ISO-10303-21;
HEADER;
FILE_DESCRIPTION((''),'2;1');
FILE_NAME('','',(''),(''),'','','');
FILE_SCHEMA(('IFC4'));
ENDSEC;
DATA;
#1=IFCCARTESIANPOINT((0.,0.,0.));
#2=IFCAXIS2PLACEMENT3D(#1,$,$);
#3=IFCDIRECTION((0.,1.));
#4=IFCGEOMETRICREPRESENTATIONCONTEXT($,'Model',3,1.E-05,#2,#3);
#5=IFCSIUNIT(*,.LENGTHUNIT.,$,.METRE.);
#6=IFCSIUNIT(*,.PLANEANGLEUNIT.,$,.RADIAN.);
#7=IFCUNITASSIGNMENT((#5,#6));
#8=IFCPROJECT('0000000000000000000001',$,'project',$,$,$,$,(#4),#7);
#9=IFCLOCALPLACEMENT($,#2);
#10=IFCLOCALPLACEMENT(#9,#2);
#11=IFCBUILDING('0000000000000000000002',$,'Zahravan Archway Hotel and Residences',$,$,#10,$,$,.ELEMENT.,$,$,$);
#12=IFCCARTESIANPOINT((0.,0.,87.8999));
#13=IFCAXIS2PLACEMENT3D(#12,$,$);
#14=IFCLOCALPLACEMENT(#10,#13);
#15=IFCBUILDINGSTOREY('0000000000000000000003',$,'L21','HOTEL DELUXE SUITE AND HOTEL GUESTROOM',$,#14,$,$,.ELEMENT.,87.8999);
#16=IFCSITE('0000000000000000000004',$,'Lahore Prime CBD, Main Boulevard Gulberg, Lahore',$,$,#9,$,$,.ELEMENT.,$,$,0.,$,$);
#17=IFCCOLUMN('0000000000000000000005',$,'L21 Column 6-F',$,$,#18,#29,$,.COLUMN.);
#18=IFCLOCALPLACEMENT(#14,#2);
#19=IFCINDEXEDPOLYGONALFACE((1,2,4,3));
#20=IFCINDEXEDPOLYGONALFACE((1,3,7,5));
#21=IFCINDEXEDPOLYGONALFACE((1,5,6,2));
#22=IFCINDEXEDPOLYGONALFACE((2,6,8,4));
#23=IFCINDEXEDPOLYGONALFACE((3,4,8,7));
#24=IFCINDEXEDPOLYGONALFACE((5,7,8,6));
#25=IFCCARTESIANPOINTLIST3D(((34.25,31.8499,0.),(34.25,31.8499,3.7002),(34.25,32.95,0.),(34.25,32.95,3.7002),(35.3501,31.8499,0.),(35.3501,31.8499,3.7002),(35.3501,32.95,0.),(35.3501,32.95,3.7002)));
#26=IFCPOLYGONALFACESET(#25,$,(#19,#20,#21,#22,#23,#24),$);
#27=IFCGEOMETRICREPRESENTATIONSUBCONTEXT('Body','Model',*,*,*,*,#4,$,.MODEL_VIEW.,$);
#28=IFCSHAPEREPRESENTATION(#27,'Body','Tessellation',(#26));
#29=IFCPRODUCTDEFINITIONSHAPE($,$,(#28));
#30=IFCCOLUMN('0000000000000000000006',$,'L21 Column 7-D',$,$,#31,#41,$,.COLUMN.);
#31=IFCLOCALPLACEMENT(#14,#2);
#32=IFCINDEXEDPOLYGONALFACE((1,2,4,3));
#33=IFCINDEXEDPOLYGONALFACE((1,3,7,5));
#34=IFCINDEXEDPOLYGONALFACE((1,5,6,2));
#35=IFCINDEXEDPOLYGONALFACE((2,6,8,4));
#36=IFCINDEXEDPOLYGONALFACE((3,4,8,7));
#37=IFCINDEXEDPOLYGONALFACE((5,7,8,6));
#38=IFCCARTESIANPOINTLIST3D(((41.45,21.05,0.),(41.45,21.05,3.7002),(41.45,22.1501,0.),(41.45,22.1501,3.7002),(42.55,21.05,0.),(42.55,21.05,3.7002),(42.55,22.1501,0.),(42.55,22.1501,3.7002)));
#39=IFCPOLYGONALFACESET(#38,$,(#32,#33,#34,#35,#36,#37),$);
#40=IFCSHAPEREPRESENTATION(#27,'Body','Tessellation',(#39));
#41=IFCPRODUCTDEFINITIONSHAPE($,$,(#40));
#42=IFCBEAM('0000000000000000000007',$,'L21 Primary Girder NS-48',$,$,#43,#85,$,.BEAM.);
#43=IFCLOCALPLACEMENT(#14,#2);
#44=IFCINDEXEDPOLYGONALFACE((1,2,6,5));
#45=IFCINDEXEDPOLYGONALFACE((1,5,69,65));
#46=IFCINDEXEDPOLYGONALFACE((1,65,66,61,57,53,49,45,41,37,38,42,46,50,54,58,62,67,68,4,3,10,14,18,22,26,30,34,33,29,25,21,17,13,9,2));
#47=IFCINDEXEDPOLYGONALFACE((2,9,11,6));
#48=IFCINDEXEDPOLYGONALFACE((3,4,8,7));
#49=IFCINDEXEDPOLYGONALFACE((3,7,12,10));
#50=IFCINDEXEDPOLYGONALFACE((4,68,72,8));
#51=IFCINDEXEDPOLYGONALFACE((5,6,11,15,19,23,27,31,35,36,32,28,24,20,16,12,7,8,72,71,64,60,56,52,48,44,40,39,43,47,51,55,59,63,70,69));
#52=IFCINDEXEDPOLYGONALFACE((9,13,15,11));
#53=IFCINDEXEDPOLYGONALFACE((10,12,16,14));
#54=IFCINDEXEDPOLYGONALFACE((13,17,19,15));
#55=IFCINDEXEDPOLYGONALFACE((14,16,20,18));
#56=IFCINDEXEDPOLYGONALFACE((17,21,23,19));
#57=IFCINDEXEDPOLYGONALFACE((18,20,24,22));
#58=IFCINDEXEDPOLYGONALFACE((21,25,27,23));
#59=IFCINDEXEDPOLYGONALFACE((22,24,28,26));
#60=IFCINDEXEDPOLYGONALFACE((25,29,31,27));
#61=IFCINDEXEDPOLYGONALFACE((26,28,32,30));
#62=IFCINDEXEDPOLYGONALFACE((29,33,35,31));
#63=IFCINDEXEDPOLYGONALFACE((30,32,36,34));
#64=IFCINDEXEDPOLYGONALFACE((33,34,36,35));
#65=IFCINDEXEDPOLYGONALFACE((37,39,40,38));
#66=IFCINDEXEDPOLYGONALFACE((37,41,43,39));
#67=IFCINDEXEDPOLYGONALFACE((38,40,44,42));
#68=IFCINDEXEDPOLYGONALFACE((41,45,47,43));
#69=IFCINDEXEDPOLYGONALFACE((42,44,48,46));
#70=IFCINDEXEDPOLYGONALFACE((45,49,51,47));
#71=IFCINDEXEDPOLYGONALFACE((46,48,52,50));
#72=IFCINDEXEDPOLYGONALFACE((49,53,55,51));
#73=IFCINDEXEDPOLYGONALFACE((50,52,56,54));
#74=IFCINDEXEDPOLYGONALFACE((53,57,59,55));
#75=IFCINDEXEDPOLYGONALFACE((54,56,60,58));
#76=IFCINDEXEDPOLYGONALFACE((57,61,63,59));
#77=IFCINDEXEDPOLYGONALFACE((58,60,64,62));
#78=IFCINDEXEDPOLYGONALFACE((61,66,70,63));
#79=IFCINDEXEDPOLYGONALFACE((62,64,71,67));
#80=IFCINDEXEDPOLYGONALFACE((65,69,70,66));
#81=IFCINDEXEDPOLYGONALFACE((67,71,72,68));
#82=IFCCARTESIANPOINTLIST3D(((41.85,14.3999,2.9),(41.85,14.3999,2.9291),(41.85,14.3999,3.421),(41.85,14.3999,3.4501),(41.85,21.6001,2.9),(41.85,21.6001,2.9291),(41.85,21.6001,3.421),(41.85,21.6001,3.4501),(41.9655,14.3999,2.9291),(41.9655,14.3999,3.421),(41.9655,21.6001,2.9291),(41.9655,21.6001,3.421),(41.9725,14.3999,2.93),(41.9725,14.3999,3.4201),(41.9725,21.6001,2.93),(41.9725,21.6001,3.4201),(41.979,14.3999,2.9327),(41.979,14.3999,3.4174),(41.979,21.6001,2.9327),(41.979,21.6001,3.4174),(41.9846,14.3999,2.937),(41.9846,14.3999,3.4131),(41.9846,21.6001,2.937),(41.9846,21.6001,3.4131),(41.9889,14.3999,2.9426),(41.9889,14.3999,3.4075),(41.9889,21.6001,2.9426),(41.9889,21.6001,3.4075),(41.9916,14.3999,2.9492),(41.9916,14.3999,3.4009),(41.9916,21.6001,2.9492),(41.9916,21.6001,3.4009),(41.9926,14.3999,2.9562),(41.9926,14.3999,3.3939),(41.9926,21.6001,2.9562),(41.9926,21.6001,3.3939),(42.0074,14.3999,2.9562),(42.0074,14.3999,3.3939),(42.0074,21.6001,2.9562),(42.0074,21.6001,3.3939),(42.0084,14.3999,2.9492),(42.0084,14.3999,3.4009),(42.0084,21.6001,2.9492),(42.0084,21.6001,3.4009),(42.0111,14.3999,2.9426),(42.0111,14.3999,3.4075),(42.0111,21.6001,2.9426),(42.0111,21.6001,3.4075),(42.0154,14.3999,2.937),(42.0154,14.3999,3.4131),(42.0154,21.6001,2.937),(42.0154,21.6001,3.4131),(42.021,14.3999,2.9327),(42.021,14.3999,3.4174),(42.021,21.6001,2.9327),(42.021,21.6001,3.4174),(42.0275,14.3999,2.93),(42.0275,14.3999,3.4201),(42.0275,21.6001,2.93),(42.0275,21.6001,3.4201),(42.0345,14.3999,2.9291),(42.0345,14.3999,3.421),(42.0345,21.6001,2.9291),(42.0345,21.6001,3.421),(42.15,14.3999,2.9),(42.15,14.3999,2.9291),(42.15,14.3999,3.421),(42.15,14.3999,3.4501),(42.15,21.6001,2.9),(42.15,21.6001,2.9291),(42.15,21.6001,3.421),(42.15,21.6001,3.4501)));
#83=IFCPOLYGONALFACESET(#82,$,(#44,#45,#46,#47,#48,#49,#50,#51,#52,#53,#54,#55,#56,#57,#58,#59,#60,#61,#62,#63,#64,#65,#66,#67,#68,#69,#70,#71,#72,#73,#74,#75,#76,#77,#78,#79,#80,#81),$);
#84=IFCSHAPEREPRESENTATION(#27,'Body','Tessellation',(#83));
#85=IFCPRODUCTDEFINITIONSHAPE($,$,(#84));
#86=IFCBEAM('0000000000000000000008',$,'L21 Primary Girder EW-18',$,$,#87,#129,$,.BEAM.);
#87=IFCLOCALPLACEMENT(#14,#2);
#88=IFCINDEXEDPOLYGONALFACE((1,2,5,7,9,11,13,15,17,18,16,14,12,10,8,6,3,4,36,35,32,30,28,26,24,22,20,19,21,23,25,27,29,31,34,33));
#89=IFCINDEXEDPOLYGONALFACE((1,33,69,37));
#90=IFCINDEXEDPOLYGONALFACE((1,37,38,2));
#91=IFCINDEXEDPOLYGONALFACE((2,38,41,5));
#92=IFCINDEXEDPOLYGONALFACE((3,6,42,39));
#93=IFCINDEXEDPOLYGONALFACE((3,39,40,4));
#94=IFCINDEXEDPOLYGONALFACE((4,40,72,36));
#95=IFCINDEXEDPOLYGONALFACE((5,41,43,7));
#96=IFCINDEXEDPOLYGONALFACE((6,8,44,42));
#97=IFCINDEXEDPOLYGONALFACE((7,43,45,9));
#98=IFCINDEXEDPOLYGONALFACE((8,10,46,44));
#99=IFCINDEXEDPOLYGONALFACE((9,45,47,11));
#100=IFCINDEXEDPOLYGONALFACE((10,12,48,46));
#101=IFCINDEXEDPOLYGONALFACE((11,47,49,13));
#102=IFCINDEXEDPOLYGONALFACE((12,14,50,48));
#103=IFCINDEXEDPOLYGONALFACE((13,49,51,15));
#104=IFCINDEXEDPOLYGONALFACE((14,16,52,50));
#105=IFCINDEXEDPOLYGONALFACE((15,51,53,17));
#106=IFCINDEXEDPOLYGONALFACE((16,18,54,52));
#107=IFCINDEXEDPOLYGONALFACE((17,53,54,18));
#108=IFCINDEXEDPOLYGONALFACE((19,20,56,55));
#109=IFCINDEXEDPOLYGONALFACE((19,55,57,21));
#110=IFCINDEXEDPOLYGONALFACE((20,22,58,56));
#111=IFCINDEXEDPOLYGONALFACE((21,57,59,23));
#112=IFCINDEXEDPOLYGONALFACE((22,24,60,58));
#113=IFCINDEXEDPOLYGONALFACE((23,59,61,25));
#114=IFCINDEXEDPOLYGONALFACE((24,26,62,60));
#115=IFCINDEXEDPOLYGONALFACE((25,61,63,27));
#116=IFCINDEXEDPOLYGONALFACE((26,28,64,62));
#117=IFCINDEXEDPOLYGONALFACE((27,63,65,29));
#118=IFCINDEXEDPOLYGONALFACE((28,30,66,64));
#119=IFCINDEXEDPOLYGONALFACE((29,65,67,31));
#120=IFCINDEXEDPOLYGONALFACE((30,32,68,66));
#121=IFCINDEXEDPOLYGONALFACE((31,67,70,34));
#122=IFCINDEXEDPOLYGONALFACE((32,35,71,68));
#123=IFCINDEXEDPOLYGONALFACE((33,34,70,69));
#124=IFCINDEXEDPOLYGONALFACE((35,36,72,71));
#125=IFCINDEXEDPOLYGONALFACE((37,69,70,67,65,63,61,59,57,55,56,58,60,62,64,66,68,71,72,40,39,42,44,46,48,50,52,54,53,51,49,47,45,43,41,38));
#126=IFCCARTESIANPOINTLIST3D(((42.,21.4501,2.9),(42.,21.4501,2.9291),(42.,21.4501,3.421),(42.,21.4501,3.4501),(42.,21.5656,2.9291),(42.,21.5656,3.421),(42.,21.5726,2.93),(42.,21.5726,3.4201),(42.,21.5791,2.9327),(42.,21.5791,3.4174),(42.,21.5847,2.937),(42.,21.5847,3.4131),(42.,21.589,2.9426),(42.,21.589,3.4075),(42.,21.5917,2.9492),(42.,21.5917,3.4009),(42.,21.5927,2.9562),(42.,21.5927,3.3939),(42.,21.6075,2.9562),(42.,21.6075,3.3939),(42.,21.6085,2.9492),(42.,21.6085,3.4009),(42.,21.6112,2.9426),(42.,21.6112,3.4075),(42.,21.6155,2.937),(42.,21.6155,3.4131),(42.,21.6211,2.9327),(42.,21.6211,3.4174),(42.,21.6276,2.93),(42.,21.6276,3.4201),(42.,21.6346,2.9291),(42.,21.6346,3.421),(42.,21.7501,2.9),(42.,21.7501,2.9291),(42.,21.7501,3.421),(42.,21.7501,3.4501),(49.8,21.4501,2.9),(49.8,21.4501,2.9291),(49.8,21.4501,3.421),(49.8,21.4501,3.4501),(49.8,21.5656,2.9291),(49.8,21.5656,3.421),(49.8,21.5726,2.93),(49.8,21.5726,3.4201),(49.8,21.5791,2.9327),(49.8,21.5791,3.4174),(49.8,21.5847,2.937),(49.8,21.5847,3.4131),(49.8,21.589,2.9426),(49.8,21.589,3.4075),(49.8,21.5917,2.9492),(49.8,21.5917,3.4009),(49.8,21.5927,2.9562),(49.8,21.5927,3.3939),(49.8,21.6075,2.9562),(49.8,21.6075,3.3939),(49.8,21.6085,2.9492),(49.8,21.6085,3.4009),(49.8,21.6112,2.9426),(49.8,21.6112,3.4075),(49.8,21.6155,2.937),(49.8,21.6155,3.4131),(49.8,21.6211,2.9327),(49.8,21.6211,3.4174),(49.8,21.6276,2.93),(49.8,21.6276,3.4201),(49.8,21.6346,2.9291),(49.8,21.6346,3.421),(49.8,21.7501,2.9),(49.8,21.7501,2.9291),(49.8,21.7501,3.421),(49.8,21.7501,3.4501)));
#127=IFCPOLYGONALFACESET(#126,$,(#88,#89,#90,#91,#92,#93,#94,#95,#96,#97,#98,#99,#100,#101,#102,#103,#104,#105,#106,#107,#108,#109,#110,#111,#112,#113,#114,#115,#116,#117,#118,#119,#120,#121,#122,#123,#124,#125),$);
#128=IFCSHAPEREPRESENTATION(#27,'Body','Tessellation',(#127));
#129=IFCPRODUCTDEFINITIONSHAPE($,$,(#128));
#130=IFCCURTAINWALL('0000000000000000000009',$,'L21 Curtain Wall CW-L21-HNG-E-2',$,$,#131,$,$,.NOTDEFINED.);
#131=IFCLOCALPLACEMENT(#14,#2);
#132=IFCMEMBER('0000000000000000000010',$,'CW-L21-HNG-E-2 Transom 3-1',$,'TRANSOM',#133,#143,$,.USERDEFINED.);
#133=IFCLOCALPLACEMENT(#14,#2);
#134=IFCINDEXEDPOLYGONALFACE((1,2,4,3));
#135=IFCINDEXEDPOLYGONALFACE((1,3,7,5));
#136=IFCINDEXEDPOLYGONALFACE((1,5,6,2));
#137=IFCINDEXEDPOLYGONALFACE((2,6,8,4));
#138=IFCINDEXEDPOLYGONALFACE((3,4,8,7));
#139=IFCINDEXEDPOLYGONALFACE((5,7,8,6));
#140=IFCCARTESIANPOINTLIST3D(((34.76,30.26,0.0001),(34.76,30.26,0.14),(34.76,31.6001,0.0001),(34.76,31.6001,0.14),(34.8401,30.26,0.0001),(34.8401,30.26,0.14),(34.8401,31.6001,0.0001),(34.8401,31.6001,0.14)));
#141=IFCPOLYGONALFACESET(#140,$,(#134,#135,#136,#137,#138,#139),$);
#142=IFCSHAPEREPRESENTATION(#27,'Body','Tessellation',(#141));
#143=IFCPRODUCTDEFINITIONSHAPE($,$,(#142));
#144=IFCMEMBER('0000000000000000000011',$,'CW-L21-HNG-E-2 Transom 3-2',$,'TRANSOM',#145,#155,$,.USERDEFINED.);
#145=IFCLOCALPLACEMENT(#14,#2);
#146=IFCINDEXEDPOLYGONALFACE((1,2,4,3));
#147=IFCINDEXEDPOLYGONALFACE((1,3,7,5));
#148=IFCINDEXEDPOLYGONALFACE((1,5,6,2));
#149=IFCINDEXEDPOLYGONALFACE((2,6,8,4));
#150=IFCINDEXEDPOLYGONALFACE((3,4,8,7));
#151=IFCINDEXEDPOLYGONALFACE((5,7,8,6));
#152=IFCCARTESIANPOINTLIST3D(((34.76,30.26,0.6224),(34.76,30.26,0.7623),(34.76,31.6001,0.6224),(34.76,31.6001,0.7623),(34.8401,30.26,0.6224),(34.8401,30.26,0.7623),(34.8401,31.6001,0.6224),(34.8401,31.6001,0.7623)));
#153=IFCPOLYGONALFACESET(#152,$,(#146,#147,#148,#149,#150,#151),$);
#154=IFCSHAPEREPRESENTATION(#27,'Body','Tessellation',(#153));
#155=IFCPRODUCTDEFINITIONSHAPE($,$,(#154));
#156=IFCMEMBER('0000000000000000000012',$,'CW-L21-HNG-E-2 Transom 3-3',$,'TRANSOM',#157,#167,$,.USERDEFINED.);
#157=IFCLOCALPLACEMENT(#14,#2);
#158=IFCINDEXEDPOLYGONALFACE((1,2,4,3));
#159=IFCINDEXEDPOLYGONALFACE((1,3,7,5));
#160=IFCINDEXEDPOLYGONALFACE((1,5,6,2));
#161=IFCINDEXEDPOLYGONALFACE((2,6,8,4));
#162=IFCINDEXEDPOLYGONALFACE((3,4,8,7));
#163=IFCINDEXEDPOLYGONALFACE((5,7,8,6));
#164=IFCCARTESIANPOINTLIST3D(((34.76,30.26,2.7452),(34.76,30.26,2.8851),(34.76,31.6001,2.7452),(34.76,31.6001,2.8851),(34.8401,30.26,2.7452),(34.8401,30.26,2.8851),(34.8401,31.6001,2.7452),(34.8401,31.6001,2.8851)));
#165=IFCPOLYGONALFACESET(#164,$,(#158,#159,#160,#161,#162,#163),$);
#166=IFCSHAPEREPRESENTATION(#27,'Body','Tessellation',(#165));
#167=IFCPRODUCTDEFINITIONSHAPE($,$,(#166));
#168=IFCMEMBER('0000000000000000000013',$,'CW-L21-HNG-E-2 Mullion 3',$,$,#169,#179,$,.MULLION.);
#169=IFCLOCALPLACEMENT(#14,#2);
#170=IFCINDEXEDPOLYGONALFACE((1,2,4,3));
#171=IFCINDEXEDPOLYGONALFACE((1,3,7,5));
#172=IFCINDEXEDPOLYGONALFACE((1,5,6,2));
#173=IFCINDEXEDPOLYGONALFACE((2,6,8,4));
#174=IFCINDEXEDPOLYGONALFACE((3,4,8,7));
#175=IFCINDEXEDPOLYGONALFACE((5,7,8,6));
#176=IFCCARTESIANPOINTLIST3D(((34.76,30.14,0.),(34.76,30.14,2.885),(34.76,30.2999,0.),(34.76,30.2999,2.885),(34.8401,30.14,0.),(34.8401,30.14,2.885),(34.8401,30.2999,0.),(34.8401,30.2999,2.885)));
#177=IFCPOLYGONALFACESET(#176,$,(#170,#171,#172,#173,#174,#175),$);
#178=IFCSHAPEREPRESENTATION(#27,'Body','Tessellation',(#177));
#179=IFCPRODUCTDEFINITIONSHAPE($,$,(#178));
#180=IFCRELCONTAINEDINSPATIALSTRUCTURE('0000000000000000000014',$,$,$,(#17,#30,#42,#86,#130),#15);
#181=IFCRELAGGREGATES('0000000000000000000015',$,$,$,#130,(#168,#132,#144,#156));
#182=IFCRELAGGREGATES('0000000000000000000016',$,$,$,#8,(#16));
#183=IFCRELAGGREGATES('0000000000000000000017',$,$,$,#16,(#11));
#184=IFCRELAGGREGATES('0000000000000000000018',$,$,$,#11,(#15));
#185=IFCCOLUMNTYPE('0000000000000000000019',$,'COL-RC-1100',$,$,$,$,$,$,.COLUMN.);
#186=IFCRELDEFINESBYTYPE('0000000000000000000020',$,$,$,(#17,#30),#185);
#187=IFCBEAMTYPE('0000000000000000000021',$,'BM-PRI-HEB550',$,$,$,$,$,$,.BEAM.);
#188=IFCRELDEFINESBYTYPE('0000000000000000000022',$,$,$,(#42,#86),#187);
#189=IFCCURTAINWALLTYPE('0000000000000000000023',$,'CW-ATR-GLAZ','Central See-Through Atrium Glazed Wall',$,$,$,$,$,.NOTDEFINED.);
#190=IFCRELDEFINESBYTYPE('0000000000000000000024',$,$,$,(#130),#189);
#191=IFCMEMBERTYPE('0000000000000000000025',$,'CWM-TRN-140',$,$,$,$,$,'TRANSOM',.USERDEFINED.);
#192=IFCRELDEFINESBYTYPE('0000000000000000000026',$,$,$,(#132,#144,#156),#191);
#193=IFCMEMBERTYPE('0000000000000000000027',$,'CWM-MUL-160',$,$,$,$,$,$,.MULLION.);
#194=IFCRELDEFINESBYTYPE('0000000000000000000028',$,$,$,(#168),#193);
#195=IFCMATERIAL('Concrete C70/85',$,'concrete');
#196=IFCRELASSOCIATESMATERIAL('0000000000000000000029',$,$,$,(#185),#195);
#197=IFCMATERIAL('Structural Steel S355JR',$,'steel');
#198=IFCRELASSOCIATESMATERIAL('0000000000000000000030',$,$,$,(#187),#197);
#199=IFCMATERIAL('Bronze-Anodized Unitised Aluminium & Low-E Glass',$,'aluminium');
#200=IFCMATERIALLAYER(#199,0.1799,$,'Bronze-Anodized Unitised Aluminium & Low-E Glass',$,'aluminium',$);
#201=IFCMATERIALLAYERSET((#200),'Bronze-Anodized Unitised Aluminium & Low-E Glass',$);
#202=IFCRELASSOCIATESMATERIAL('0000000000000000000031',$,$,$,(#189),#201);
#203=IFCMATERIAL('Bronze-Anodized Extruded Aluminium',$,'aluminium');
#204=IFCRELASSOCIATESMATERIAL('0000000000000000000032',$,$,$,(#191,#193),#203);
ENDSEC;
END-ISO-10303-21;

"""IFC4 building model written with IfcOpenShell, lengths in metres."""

from ifc_helpers import new_model, si_unit, direction, frame, origin, origin_2d, place, context, subcontext, project, spatial, rectangle, i_section, extrude, source, transform, mapped, material, layer, layer_set, material_profile, profile_set, type_object, type_shapes, element, aggregate, save


model = new_model("IFC4")

# Units and contexts
model_context = context("Model", 3, precision=1e-05, world=origin(), true_north=direction((0.0, 1.0)))
body_context = subcontext(model_context, "Body", "Model", "MODEL_VIEW")
ifc_project = project(units=[si_unit("LENGTHUNIT", "METRE"), si_unit("PLANEANGLEUNIT", "RADIAN")], contexts=[model_context])

# Site, building, storey
site_placement = place(None, origin())
site = spatial("IfcSite", under=ifc_project, at=site_placement, Name="Lahore Prime CBD, Main Boulevard Gulberg, Lahore", CompositionType="ELEMENT", RefElevation=0.0)
building_placement = place(site_placement, origin())
building = spatial("IfcBuilding", under=site, at=building_placement, Name="Zahravan Archway Hotel and Residences", CompositionType="ELEMENT")
storey_placement = place(building_placement, frame((0.0, 0.0, 87.8999)))
storey = spatial("IfcBuildingStorey", under=building, at=storey_placement, Name="L21", Description="HOTEL DELUXE SUITE AND HOTEL GUESTROOM", CompositionType="ELEMENT", Elevation=87.8999)

# Columns
ifc_material_1 = material(Name="Concrete C70/85", Category="concrete")
ifc_material_profile_1 = material_profile(ifc_material_1, rectangle(XDim=1.1001, YDim=1.1001, at=origin_2d()), Name="RC 1100x1100", Category="concrete")
ifc_profile_set_1 = profile_set([ifc_material_profile_1], Name="Concrete C70/85")
column_type = type_object("IfcColumnType", Name="COL-RC-1100", PredefinedType="COLUMN", material=ifc_profile_set_1)
shared_shape_1 = source(origin(), body_context, "Body", "SweptSolid", [
    extrude(rectangle(XDim=1.1001, YDim=1.1001, at=origin_2d()), origin(), (0.0, 0.0, 1.0), 3.7002),
])
for number, where, z_axis, x_axis, name in (
    (1, (34.8, 32.3999, 0.0), (0.0, 0.0, 1.0), (1.0, 0.0, 0.0), "L21 Column 6-F"),
    (2, (42.0, 21.6001, 0.0), (0.0, 0.0, 1.0), (1.0, 0.0, 0.0), "L21 Column 7-D"),
):
    element("IfcColumn", number, at=place(storey_placement, frame(where, z_axis=z_axis, x_axis=x_axis)), inside=storey, type_object=column_type, Name=name, PredefinedType="COLUMN", context=body_context, shape_type="MappedRepresentation", body=[
        mapped(shared_shape_1, transform((0.0, 0.0, 0.0), scale=1.0)),
    ])

# Beams
ifc_material_2 = material(Name="Structural Steel S355JR", Category="steel")
ifc_material_profile_2 = material_profile(ifc_material_2, i_section(OverallWidth=0.3, OverallDepth=0.55, WebThickness=0.0149, FlangeThickness=0.0291, FilletRadius=0.0271, at=origin_2d()), Name="HEB 550", Category="steel")
ifc_profile_set_2 = profile_set([ifc_material_profile_2], Name="Structural Steel S355JR")
beam_type = type_object("IfcBeamType", Name="BM-PRI-HEB550", PredefinedType="BEAM", material=ifc_profile_set_2)
shared_shape_2 = source(origin(), body_context, "Body", "SweptSolid", [
    extrude(i_section(OverallWidth=0.3, OverallDepth=0.55, WebThickness=0.0149, FlangeThickness=0.0291, FilletRadius=0.0271, at=origin_2d()), origin(), (0.0, 0.0, 1.0), 7.2002),
])
type_shapes(beam_type, [shared_shape_2])
beam_1_placement = place(storey_placement, frame((42.0, 14.3999, 3.175), z_axis=(0.0, 1.0, 0.0), x_axis=(-1.0, 0.0, 0.0)))
element("IfcBeam", 3, at=beam_1_placement, inside=storey, type_object=beam_type, Name="L21 Primary Girder NS-48", PredefinedType="BEAM", context=body_context, shape_type="MappedRepresentation", body=[
    mapped(shared_shape_2, transform((0.0, 0.0, 0.0), scale=1.0)),
])
shared_shape_3 = source(origin(), body_context, "Body", "SweptSolid", [
    extrude(i_section(OverallWidth=0.3, OverallDepth=0.55, WebThickness=0.0149, FlangeThickness=0.0291, FilletRadius=0.0271, at=origin_2d()), origin(), (0.0, 0.0, 1.0), 7.8),
])
beam_2_placement = place(storey_placement, frame((42.0, 21.6001, 3.175), z_axis=(1.0, 0.0, 0.0), x_axis=(0.0, 1.0, 0.0)))
element("IfcBeam", 4, at=beam_2_placement, inside=storey, type_object=beam_type, Name="L21 Primary Girder EW-18", PredefinedType="BEAM", context=body_context, shape_type="MappedRepresentation", body=[
    mapped(shared_shape_3, transform((0.0, 0.0, 0.0), scale=1.0)),
])

# Curtain wall, members
ifc_material_3 = material(Name="Bronze-Anodized Unitised Aluminium & Low-E Glass", Category="aluminium")
ifc_layer_1 = layer(ifc_material_3, 0.1799, Name="Bronze-Anodized Unitised Aluminium & Low-E Glass", Category="aluminium")
ifc_layer_set_1 = layer_set([ifc_layer_1], Name="Bronze-Anodized Unitised Aluminium & Low-E Glass")
curtain_wall_type = type_object("IfcCurtainWallType", Name="CW-ATR-GLAZ", Description="Central See-Through Atrium Glazed Wall", PredefinedType="NOTDEFINED", material=ifc_layer_set_1)
curtain_wall_placement = place(storey_placement, origin())
curtain_wall = element("IfcCurtainWall", 5, at=curtain_wall_placement, inside=storey, type_object=curtain_wall_type, Name="L21 Curtain Wall CW-L21-HNG-E-2", PredefinedType="NOTDEFINED")
ifc_material_4 = material(Name="Bronze-Anodized Extruded Aluminium", Category="aluminium")
ifc_material_profile_3 = material_profile(ifc_material_4, rectangle(XDim=0.0801, YDim=0.1399, at=origin_2d()), Name="TRN 80x140", Category="aluminium")
ifc_profile_set_3 = profile_set([ifc_material_profile_3], Name="Bronze-Anodized Extruded Aluminium")
member_type_1 = type_object("IfcMemberType", Name="CWM-TRN-140", ElementType="TRANSOM", PredefinedType="USERDEFINED", material=ifc_profile_set_3)
shared_shape_4 = source(origin(), body_context, "Body", "SweptSolid", [
    extrude(rectangle(XDim=0.0801, YDim=0.1399, at=origin_2d()), origin(), (0.0, 0.0, 1.0), 1.3401),
])
member_1_placement = place(storey_placement, frame((34.8, 30.26, 0.0701), z_axis=(0.0, 1.0, 0.0), x_axis=(-1.0, 0.0, 0.0)))
member_1 = element("IfcMember", 6, at=member_1_placement, type_object=member_type_1, Name="CW-L21-HNG-E-2 Transom 3-1", ObjectType="TRANSOM", PredefinedType="USERDEFINED", context=body_context, shape_type="MappedRepresentation", body=[
    mapped(shared_shape_4, transform((0.0, 0.0, 0.0), scale=1.0)),
])
member_2_placement = place(storey_placement, frame((34.8, 30.26, 0.6924), z_axis=(0.0, 1.0, 0.0), x_axis=(-1.0, 0.0, 0.0)))
member_2 = element("IfcMember", 7, at=member_2_placement, type_object=member_type_1, Name="CW-L21-HNG-E-2 Transom 3-2", ObjectType="TRANSOM", PredefinedType="USERDEFINED", context=body_context, shape_type="MappedRepresentation", body=[
    mapped(shared_shape_4, transform((0.0, 0.0, 0.0), scale=1.0)),
])
member_3_placement = place(storey_placement, frame((34.8, 30.26, 2.8152), z_axis=(0.0, 1.0, 0.0), x_axis=(-1.0, 0.0, 0.0)))
member_3 = element("IfcMember", 8, at=member_3_placement, type_object=member_type_1, Name="CW-L21-HNG-E-2 Transom 3-3", ObjectType="TRANSOM", PredefinedType="USERDEFINED", context=body_context, shape_type="MappedRepresentation", body=[
    mapped(shared_shape_4, transform((0.0, 0.0, 0.0), scale=1.0)),
])
ifc_material_profile_4 = material_profile(ifc_material_4, rectangle(XDim=0.0801, YDim=0.1599, at=origin_2d()), Name="MUL 80x160", Category="aluminium")
ifc_profile_set_4 = profile_set([ifc_material_profile_4], Name="Bronze-Anodized Extruded Aluminium")
member_type_2 = type_object("IfcMemberType", Name="CWM-MUL-160", PredefinedType="MULLION", material=ifc_profile_set_4)
shared_shape_5 = source(origin(), body_context, "Body", "SweptSolid", [
    extrude(rectangle(XDim=0.0801, YDim=0.1599, at=origin_2d()), origin(), (0.0, 0.0, 1.0), 2.885),
])
member_4_placement = place(storey_placement, frame((34.8, 30.22, 0.0), z_axis=(0.0, 0.0, 1.0), x_axis=(1.0, 0.0, 0.0)))
member_4 = element("IfcMember", 9, at=member_4_placement, type_object=member_type_2, Name="CW-L21-HNG-E-2 Mullion 3", PredefinedType="MULLION", context=body_context, shape_type="MappedRepresentation", body=[
    mapped(shared_shape_5, transform((0.0, 0.0, 0.0), scale=1.0)),
])
aggregate(curtain_wall, [member_4, member_1, member_2, member_3])

save(model, "model.ifc")
